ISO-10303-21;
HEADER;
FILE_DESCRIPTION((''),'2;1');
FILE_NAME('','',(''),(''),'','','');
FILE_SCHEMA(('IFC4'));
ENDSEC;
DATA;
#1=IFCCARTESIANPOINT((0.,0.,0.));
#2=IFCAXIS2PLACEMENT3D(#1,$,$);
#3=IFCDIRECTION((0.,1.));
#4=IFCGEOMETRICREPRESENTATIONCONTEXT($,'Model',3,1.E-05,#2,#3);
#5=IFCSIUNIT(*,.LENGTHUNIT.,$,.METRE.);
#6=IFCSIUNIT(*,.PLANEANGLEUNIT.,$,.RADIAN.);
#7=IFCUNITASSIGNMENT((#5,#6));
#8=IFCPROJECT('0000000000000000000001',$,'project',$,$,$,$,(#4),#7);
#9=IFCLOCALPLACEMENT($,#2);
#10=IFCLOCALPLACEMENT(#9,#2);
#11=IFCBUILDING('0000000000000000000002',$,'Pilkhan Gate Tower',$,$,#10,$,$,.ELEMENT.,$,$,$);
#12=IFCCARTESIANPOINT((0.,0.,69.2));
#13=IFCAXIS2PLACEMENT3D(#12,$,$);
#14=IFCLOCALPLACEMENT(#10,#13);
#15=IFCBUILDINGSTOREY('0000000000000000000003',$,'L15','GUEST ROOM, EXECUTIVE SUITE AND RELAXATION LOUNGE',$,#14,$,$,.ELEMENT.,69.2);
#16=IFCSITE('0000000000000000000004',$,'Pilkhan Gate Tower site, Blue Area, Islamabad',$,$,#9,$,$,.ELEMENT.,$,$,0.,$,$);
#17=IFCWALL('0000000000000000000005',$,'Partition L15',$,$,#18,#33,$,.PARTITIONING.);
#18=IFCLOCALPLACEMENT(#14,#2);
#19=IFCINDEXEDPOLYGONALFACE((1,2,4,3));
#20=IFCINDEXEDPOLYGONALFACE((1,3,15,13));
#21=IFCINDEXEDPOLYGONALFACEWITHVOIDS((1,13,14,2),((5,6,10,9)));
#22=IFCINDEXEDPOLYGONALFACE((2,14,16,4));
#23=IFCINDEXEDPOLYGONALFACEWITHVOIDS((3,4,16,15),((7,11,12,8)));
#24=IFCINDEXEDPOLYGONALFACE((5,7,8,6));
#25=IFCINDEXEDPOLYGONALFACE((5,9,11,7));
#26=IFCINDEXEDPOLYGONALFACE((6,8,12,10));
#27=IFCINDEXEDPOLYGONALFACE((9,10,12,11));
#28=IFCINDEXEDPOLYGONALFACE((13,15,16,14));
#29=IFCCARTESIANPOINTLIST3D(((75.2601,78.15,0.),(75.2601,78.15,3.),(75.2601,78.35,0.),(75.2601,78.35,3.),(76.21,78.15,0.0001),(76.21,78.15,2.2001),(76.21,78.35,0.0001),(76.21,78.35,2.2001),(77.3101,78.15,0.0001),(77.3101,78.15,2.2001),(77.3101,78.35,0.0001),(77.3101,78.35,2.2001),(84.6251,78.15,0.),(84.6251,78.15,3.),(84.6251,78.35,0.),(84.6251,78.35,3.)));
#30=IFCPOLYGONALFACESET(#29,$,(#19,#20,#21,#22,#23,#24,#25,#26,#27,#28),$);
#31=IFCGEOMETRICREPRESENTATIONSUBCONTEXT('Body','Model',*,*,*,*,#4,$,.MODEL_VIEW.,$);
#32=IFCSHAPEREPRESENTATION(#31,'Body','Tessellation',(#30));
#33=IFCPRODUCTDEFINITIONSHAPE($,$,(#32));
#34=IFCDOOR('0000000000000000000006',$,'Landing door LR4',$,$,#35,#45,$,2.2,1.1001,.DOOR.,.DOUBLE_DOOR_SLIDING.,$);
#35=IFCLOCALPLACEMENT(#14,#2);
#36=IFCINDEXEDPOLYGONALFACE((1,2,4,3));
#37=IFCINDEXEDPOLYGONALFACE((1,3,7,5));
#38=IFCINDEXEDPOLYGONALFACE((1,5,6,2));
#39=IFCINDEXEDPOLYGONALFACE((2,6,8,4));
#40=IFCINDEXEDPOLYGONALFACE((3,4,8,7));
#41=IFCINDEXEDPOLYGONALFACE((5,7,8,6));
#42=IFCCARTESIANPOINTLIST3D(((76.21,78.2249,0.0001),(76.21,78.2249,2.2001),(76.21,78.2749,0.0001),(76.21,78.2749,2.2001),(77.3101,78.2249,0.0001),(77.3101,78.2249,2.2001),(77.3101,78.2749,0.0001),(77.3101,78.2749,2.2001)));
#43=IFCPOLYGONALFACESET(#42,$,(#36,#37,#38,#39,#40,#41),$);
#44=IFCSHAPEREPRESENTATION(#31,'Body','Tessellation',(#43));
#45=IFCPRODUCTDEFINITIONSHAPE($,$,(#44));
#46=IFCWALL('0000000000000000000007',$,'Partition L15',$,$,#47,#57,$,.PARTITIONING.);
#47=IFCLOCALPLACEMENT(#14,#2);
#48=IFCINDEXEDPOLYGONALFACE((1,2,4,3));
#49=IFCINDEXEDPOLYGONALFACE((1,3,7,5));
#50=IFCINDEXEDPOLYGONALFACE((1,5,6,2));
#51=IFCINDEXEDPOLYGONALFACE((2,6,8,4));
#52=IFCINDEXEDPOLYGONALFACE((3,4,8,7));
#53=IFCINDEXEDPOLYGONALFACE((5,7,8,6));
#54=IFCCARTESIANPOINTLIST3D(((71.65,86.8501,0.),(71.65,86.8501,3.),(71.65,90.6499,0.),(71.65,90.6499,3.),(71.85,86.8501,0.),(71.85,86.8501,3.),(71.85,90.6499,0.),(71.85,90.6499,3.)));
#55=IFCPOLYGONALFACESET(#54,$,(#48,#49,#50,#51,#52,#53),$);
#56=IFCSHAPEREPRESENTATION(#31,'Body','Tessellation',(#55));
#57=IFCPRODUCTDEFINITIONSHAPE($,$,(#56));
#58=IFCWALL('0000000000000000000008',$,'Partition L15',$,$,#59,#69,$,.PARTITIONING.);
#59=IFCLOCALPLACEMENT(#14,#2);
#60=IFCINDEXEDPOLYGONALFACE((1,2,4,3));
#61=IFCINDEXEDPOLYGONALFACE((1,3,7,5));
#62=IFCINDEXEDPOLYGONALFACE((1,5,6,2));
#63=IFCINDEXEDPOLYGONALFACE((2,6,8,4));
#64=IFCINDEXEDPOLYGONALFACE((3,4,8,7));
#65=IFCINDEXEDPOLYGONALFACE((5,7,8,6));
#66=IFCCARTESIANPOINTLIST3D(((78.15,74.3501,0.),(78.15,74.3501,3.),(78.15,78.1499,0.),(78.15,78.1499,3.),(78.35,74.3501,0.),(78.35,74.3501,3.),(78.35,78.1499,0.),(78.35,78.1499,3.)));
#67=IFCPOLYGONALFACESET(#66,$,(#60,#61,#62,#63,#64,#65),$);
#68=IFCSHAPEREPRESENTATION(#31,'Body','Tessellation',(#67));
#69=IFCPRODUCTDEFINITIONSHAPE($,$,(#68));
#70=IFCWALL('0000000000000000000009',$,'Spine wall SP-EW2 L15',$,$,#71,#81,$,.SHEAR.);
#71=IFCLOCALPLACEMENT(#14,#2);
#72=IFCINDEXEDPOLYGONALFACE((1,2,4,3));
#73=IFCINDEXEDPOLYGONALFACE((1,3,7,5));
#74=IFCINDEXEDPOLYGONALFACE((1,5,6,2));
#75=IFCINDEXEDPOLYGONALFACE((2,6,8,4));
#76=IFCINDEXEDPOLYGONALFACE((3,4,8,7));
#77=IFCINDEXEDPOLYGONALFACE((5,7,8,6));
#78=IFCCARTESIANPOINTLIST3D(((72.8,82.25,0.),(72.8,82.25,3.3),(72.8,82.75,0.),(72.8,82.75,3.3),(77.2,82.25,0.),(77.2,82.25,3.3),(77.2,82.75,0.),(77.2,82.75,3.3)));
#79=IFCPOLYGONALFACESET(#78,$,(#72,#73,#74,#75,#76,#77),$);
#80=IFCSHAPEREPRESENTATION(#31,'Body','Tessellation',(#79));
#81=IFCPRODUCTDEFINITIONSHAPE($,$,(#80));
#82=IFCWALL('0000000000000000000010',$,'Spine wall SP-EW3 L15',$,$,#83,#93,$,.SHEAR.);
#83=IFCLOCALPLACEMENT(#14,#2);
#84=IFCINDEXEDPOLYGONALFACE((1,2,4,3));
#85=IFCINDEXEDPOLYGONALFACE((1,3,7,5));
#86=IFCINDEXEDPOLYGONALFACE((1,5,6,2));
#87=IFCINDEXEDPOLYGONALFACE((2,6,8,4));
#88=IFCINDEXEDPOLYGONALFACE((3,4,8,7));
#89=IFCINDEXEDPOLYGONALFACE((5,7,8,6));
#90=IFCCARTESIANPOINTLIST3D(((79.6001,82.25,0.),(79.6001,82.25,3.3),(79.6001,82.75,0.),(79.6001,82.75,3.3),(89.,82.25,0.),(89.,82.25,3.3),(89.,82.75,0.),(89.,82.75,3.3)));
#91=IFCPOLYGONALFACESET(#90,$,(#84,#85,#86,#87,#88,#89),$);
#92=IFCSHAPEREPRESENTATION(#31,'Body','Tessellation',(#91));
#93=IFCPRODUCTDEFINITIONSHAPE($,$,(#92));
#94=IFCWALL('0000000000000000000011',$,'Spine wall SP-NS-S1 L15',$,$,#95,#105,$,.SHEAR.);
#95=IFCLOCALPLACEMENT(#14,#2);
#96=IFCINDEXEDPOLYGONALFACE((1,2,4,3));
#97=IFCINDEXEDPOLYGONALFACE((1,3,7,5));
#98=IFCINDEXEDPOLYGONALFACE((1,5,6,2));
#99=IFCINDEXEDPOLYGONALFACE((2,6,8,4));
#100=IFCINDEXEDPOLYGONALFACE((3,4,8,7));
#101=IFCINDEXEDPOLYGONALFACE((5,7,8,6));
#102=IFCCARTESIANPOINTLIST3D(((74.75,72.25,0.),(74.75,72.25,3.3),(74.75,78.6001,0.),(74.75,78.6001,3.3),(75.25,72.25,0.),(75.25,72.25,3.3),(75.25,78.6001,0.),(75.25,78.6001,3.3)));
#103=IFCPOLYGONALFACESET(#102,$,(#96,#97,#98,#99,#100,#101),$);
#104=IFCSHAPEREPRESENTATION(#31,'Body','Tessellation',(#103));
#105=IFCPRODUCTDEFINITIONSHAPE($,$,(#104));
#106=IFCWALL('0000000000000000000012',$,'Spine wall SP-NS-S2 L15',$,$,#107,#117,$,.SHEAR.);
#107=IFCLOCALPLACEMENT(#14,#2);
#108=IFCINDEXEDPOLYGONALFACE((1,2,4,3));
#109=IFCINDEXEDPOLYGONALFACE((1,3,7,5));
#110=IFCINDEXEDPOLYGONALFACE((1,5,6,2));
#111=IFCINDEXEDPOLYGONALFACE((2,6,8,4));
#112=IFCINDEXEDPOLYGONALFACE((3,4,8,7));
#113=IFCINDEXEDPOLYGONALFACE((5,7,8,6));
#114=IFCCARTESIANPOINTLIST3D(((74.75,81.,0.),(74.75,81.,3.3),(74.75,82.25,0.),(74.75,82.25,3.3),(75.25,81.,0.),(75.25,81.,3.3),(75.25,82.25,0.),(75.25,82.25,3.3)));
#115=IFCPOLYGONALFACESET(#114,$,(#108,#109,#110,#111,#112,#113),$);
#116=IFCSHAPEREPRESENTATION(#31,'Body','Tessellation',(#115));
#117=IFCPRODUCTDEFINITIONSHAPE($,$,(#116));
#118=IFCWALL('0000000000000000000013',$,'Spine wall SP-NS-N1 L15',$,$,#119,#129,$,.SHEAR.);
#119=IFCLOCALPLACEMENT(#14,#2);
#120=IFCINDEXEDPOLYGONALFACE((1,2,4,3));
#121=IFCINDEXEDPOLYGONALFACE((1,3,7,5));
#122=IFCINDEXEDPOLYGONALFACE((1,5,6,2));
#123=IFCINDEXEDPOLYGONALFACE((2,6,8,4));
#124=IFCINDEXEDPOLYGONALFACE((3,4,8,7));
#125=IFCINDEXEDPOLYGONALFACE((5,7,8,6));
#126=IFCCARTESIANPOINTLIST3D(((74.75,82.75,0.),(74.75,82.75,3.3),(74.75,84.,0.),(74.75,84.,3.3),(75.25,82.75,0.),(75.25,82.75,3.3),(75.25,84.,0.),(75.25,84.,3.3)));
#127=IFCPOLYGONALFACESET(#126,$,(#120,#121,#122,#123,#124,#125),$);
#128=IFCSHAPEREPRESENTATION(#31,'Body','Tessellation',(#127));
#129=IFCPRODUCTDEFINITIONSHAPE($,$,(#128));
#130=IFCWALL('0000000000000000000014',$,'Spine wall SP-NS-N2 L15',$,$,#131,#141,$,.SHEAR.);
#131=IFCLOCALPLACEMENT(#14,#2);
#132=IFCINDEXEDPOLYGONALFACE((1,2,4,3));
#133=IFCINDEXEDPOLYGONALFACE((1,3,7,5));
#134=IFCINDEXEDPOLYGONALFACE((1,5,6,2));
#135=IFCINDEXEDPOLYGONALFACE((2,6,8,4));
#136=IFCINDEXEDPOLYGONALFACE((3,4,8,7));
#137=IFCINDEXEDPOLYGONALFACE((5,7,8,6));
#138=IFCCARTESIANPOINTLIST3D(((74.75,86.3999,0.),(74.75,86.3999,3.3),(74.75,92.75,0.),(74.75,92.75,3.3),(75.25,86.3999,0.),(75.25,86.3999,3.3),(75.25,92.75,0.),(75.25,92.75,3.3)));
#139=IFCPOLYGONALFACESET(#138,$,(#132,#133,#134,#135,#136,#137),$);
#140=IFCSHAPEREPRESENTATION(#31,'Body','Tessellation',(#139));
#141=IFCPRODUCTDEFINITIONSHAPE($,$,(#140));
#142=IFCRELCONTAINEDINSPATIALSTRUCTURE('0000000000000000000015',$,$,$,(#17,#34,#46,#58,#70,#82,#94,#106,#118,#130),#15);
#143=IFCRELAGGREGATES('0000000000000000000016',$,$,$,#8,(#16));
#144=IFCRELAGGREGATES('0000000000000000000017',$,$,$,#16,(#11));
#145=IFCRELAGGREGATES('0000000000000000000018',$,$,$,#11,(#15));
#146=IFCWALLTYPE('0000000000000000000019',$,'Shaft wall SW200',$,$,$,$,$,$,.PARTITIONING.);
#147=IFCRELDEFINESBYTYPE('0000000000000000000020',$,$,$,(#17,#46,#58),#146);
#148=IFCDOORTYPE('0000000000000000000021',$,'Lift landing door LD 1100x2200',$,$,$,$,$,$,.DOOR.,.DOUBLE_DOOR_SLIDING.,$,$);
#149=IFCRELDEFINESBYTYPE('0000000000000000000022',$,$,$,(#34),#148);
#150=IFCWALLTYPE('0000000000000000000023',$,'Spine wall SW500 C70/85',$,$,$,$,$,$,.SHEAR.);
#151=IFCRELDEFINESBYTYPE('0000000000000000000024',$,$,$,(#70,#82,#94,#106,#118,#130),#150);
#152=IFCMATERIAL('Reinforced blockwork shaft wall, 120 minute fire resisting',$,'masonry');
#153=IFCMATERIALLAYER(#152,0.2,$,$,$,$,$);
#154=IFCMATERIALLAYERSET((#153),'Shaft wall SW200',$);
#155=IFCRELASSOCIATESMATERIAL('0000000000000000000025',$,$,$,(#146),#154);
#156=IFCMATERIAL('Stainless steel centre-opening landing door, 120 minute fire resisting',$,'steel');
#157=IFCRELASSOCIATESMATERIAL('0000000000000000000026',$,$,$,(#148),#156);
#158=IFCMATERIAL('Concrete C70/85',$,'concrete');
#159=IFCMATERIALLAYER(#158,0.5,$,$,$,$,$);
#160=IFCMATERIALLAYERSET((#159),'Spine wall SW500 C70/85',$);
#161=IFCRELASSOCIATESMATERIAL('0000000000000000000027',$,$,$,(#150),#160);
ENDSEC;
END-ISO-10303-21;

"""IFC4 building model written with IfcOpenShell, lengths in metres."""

from ifc_helpers import new_model, si_unit, direction, frame, frame_2d, origin, place, context, subcontext, project, spatial, rectangle, extrude, material, layer, layer_set, type_object, element, fill, save


model = new_model("IFC4")

# Units and contexts
model_context = context("Model", 3, precision=1e-05, world=origin(), true_north=direction((0.0, 1.0)))
body_context = subcontext(model_context, "Body", "Model", "MODEL_VIEW")
ifc_project = project(units=[si_unit("LENGTHUNIT", "METRE"), si_unit("PLANEANGLEUNIT", "RADIAN")], contexts=[model_context])

# Site, building, storey
site_placement = place(None, origin())
site = spatial("IfcSite", under=ifc_project, at=site_placement, Name="Pilkhan Gate Tower site, Blue Area, Islamabad", CompositionType="ELEMENT", RefElevation=0.0)
building_placement = place(site_placement, origin())
building = spatial("IfcBuilding", under=site, at=building_placement, Name="Pilkhan Gate Tower", CompositionType="ELEMENT")
storey_placement = place(building_placement, frame((0.0, 0.0, 69.2)))
storey = spatial("IfcBuildingStorey", under=building, at=storey_placement, Name="L15", Description="GUEST ROOM, EXECUTIVE SUITE AND RELAXATION LOUNGE", CompositionType="ELEMENT", Elevation=69.2)

# Shared definitions
ifc_material_1 = material(Name="Concrete C70/85", Category="concrete")

# Shared definitions
ifc_material_2 = material(Name="Reinforced blockwork shaft wall, 120 minute fire resisting", Category="masonry")
ifc_layer_1 = layer(ifc_material_2, 0.2)
ifc_layer_set_1 = layer_set([ifc_layer_1], Name="Shaft wall SW200")
wall_type_1 = type_object("IfcWallType", Name="Shaft wall SW200", PredefinedType="PARTITIONING", material=ifc_layer_set_1)

# Wall, opening, door
wall_1_placement = place(storey_placement, frame((75.26, 78.25, 0.0), z_axis=(0.0, 0.0, 1.0), x_axis=(1.0, 0.0, 0.0)))
wall_1 = element("IfcWall", 1, at=wall_1_placement, inside=storey, type_object=wall_type_1, Name="Partition L15", PredefinedType="PARTITIONING", context=body_context, shape_type="SweptSolid", body=[
    extrude(rectangle(XDim=9.365, YDim=0.2, at=frame_2d((4.6826, 0.0))), origin(), (0.0, 0.0, 1.0), 3.0),
])
opening_1_placement = place(wall_1_placement, frame((0.95, 0.0, 0.0)))
opening_1 = element("IfcOpeningElement", 2, at=opening_1_placement, cuts=wall_1, PredefinedType="OPENING", context=body_context, shape_type="SweptSolid", body=[
    extrude(rectangle(XDim=1.1001, YDim=2.2, at=frame_2d((0.55, 1.1001))), frame((0.0, 0.1099, 0.0), z_axis=(0.0, -1.0, 0.0), x_axis=(1.0, 0.0, 0.0)), (0.0, 0.0, 1.0), 0.22),
])
ifc_material_3 = material(Name="Stainless steel centre-opening landing door, 120 minute fire resisting", Category="steel")
door_type_1 = type_object("IfcDoorType", Name="Lift landing door LD 1100x2200", OperationType="DOUBLE_DOOR_SLIDING", PredefinedType="DOOR", material=ifc_material_3)
door_1_placement = place(opening_1_placement, origin())
door_1 = element("IfcDoor", 3, at=door_1_placement, inside=storey, type_object=door_type_1, Name="Landing door LR4", OperationType="DOUBLE_DOOR_SLIDING", OverallHeight=2.2, OverallWidth=1.1001, PredefinedType="DOOR", context=body_context, shape_type="SweptSolid", body=[
    extrude(rectangle(XDim=1.1001, YDim=2.2, at=frame_2d((0.55, 1.1001))), frame((0.0, 0.0249, 0.0), z_axis=(0.0, -1.0, 0.0), x_axis=(1.0, 0.0, 0.0)), (0.0, 0.0, 1.0), 0.05),
])
fill(opening_1, door_1)

# Walls
for number, where, z_axis, x_axis, name in (
    (4, (71.75, 86.8501, 0.0), (0.0, 0.0, 1.0), (0.0, 1.0, 0.0), "Partition L15"),
    (5, (78.25, 74.3501, 0.0), (0.0, 0.0, 1.0), (0.0, 1.0, 0.0), "Partition L15"),
):
    element("IfcWall", number, at=place(storey_placement, frame(where, z_axis=z_axis, x_axis=x_axis)), inside=storey, type_object=wall_type_1, Name=name, PredefinedType="PARTITIONING", context=body_context, shape_type="SweptSolid", body=[
        extrude(rectangle(XDim=3.7998, YDim=0.2, at=frame_2d((1.8999, 0.0))), origin(), (0.0, 0.0, 1.0), 3.0),
    ])
ifc_layer_2 = layer(ifc_material_1, 0.5)
ifc_layer_set_2 = layer_set([ifc_layer_2], Name="Spine wall SW500 C70/85")
wall_type_2 = type_object("IfcWallType", Name="Spine wall SW500 C70/85", PredefinedType="SHEAR", material=ifc_layer_set_2)
wall_2_placement = place(storey_placement, frame((72.8, 82.5, 0.0), z_axis=(0.0, 0.0, 1.0), x_axis=(1.0, 0.0, 0.0)))
element("IfcWall", 6, at=wall_2_placement, inside=storey, type_object=wall_type_2, Name="Spine wall SP-EW2 L15", PredefinedType="SHEAR", context=body_context, shape_type="SweptSolid", body=[
    extrude(rectangle(XDim=4.3999, YDim=0.5, at=frame_2d((2.2, 0.0))), origin(), (0.0, 0.0, 1.0), 3.3),
])
wall_3_placement = place(storey_placement, frame((79.6001, 82.5, 0.0), z_axis=(0.0, 0.0, 1.0), x_axis=(1.0, 0.0, 0.0)))
element("IfcWall", 7, at=wall_3_placement, inside=storey, type_object=wall_type_2, Name="Spine wall SP-EW3 L15", PredefinedType="SHEAR", context=body_context, shape_type="SweptSolid", body=[
    extrude(rectangle(XDim=9.3999, YDim=0.5, at=frame_2d((4.7, 0.0))), origin(), (0.0, 0.0, 1.0), 3.3),
])
wall_4_placement = place(storey_placement, frame((75.0, 72.25, 0.0), z_axis=(0.0, 0.0, 1.0), x_axis=(0.0, 1.0, 0.0)))
element("IfcWall", 8, at=wall_4_placement, inside=storey, type_object=wall_type_2, Name="Spine wall SP-NS-S1 L15", PredefinedType="SHEAR", context=body_context, shape_type="SweptSolid", body=[
    extrude(rectangle(XDim=6.3501, YDim=0.5, at=frame_2d((3.175, 0.0))), origin(), (0.0, 0.0, 1.0), 3.3),
])
for number, where, z_axis, x_axis, name in (
    (9, (75.0, 81.0, 0.0), (0.0, 0.0, 1.0), (0.0, 1.0, 0.0), "Spine wall SP-NS-S2 L15"),
    (10, (75.0, 82.75, 0.0), (0.0, 0.0, 1.0), (0.0, 1.0, 0.0), "Spine wall SP-NS-N1 L15"),
):
    element("IfcWall", number, at=place(storey_placement, frame(where, z_axis=z_axis, x_axis=x_axis)), inside=storey, type_object=wall_type_2, Name=name, PredefinedType="SHEAR", context=body_context, shape_type="SweptSolid", body=[
        extrude(rectangle(XDim=1.25, YDim=0.5, at=frame_2d((0.625, 0.0))), origin(), (0.0, 0.0, 1.0), 3.3),
    ])
wall_5_placement = place(storey_placement, frame((75.0, 86.3999, 0.0), z_axis=(0.0, 0.0, 1.0), x_axis=(0.0, 1.0, 0.0)))
element("IfcWall", 11, at=wall_5_placement, inside=storey, type_object=wall_type_2, Name="Spine wall SP-NS-N2 L15", PredefinedType="SHEAR", context=body_context, shape_type="SweptSolid", body=[
    extrude(rectangle(XDim=6.3501, YDim=0.5, at=frame_2d((3.175, 0.0))), origin(), (0.0, 0.0, 1.0), 3.3),
])

save(model, "model.ifc")
